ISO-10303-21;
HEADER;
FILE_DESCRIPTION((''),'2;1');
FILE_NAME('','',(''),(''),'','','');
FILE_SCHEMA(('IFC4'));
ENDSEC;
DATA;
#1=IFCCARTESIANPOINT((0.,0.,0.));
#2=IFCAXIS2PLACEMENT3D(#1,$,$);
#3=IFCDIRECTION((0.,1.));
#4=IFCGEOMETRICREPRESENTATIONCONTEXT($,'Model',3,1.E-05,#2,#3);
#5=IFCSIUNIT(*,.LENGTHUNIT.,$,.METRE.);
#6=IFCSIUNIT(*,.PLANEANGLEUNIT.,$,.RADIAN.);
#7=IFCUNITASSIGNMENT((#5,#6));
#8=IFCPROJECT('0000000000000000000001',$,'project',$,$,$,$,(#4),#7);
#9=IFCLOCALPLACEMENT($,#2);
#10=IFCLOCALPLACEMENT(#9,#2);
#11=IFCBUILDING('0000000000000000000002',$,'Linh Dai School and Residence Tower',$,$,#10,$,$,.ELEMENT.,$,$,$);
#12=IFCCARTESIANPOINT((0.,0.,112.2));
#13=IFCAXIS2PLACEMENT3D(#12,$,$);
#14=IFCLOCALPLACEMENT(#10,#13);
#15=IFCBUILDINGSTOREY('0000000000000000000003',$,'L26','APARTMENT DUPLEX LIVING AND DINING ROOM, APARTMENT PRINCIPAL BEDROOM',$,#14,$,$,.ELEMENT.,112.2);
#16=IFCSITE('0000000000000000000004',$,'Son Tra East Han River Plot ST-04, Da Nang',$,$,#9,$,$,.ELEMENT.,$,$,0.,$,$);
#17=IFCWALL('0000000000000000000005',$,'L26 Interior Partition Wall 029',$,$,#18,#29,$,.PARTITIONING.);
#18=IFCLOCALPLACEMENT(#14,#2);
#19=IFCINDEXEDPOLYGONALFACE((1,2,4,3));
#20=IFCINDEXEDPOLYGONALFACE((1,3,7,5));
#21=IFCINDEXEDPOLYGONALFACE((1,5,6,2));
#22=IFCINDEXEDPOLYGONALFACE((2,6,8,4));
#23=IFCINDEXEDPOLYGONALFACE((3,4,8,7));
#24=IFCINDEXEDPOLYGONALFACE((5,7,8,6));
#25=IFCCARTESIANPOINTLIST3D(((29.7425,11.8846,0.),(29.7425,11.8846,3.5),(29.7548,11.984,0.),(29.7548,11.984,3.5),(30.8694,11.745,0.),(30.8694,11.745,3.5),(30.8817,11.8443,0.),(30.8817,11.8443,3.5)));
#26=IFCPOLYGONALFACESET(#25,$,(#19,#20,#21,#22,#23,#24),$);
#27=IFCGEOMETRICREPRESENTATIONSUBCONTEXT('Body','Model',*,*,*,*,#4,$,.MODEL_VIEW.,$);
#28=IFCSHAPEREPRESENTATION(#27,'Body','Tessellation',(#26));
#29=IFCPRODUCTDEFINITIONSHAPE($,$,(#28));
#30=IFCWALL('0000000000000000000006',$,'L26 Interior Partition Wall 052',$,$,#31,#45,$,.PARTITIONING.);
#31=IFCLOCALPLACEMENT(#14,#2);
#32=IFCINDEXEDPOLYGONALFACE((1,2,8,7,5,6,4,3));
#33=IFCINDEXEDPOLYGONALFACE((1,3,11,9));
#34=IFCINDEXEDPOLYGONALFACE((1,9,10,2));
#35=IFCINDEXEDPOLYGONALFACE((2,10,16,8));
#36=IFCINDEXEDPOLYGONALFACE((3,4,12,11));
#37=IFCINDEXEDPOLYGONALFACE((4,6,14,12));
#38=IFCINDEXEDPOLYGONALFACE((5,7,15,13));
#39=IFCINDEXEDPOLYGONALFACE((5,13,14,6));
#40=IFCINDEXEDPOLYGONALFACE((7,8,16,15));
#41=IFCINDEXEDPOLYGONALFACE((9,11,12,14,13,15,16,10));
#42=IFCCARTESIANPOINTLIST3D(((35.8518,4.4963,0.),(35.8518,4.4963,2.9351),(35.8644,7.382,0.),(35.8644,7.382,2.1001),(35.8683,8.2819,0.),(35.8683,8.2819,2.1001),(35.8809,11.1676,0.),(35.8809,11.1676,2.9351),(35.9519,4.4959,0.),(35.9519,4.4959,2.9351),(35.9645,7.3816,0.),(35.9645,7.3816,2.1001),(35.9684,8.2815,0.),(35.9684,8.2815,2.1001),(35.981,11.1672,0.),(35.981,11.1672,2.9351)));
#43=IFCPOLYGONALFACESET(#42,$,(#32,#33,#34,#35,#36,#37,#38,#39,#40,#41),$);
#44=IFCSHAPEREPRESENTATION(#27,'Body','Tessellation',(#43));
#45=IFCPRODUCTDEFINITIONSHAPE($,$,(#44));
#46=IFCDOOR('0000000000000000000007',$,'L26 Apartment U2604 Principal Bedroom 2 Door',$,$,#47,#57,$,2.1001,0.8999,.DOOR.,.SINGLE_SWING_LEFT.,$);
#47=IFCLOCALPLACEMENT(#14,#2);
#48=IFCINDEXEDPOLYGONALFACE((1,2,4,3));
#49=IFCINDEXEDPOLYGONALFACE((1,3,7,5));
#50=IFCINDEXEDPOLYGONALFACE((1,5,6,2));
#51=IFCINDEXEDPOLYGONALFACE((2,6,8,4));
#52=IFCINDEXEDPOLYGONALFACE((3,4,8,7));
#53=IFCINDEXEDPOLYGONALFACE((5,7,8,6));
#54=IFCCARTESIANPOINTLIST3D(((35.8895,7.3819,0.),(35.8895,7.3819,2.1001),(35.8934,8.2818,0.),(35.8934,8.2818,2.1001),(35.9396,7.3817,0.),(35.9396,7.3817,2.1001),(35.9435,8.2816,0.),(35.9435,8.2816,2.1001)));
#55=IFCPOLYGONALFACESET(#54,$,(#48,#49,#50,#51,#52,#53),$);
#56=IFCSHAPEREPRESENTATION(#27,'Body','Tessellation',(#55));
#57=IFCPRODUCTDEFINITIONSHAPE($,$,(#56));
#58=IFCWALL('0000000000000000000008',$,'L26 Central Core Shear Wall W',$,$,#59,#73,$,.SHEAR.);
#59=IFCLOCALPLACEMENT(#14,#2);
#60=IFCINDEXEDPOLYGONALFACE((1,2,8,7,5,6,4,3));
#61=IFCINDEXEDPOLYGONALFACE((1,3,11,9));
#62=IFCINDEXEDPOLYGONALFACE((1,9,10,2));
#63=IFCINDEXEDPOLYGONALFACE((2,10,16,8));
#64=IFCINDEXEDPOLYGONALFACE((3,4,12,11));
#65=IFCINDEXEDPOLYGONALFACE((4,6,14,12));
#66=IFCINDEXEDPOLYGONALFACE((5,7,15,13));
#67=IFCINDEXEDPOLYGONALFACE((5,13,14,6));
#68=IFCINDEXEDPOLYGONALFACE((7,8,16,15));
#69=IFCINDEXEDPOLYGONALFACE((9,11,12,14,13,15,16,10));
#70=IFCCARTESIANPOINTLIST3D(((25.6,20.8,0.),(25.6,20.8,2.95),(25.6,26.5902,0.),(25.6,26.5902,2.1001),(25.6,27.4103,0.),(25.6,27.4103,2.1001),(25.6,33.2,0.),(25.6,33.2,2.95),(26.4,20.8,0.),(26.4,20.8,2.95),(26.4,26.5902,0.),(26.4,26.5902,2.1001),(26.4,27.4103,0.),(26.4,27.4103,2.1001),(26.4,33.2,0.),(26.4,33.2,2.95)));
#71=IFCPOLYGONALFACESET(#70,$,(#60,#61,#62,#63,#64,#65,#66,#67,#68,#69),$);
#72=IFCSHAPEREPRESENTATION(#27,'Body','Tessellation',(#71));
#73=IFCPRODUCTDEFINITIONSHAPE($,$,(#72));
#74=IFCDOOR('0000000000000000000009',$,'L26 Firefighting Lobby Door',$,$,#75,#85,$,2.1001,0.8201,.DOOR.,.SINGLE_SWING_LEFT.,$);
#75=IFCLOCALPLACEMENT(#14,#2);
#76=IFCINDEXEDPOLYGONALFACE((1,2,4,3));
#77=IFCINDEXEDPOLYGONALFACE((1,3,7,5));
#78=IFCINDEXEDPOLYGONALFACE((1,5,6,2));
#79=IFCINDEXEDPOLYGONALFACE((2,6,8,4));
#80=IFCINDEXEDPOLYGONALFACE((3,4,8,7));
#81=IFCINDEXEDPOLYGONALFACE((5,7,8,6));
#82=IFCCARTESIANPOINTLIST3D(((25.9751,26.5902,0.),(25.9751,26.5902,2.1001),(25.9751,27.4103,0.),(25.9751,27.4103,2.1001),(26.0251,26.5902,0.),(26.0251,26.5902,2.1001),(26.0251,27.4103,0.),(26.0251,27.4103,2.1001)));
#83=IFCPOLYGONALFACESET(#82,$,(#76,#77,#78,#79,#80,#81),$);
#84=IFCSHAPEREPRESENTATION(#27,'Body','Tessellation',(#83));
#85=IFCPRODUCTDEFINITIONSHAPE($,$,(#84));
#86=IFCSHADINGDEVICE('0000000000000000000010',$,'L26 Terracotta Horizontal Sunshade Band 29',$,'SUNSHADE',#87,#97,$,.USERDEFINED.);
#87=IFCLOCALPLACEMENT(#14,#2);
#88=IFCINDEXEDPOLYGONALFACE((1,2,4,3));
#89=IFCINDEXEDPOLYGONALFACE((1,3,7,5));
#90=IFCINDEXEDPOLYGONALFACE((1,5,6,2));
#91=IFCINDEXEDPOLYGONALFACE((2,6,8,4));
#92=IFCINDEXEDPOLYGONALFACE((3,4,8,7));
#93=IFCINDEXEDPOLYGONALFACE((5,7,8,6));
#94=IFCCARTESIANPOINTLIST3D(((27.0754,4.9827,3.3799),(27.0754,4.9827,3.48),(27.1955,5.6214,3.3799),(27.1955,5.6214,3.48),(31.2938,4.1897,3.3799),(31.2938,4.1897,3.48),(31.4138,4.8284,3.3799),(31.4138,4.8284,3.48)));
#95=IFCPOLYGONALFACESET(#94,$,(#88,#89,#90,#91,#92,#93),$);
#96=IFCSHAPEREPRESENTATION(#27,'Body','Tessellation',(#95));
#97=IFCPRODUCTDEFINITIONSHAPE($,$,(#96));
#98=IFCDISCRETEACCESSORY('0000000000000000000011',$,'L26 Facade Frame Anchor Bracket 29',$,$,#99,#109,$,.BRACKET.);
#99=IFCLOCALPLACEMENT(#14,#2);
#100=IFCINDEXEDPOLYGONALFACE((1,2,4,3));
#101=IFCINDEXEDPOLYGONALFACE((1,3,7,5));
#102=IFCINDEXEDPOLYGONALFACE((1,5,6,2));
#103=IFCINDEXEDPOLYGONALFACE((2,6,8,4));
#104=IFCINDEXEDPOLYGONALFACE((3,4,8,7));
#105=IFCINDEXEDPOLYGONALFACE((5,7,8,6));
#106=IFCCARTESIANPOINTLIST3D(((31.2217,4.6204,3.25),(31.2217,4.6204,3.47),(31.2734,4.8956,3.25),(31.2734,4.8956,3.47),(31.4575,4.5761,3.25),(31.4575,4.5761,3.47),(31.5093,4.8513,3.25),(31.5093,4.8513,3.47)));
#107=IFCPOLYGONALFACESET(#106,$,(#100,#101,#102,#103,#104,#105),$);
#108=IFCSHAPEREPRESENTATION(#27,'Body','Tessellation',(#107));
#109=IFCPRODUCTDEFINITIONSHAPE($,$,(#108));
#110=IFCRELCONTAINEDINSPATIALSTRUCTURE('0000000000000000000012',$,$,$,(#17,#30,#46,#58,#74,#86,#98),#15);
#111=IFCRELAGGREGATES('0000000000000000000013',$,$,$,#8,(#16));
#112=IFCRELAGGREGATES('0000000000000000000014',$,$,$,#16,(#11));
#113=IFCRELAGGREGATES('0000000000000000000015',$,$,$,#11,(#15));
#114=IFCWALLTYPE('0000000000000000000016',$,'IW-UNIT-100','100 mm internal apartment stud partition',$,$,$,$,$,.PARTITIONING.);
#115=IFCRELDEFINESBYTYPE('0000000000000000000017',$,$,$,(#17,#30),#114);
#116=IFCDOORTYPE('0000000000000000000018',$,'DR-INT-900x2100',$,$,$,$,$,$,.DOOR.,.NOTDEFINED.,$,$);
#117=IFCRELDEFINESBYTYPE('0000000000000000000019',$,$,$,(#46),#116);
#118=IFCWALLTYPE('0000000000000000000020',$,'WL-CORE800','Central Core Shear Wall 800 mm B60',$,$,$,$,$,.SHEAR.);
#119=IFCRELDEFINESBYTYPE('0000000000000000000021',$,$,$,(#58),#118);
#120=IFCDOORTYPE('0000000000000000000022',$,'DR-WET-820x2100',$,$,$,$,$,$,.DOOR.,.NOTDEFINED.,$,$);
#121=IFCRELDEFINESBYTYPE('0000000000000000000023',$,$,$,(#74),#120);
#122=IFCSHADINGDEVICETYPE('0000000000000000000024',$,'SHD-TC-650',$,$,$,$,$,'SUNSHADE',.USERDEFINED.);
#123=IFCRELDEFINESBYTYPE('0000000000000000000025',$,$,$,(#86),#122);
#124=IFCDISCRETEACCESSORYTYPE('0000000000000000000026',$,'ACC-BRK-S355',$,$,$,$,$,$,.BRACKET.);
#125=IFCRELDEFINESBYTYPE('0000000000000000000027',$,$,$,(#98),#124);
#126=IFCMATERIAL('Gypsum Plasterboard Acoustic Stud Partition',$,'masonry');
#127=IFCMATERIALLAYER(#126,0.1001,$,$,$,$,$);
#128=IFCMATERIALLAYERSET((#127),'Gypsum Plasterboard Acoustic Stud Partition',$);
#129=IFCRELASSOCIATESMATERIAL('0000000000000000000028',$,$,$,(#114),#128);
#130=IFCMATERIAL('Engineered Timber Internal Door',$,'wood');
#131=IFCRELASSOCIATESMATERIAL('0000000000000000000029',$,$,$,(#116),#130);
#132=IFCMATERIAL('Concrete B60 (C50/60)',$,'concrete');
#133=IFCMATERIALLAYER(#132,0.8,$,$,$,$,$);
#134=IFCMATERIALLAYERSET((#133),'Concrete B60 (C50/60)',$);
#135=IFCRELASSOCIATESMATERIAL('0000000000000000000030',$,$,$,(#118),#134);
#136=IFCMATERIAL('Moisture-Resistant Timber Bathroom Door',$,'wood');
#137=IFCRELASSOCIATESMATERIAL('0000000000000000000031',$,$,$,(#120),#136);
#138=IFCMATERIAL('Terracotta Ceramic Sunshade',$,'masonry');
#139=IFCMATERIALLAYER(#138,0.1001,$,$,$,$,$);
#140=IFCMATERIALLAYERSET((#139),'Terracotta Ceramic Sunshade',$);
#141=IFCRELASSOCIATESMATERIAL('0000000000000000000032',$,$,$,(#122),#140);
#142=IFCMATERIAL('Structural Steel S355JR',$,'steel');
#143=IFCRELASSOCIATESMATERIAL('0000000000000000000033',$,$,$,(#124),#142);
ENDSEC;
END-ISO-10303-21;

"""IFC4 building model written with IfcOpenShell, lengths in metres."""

from ifc_helpers import new_model, si_unit, direction, frame, frame_2d, origin, origin_2d, place, context, subcontext, project, spatial, rectangle, extrude, source, transform, mapped, material, layer, layer_set, type_object, element, fill, save


model = new_model("IFC4")

# Units and contexts
model_context = context("Model", 3, precision=1e-05, world=origin(), true_north=direction((0.0, 1.0)))
body_context = subcontext(model_context, "Body", "Model", "MODEL_VIEW")
ifc_project = project(units=[si_unit("LENGTHUNIT", "METRE"), si_unit("PLANEANGLEUNIT", "RADIAN")], contexts=[model_context])

# Site, building, storey
site_placement = place(None, origin())
site = spatial("IfcSite", under=ifc_project, at=site_placement, Name="Son Tra East Han River Plot ST-04, Da Nang", CompositionType="ELEMENT", RefElevation=0.0)
building_placement = place(site_placement, origin())
building = spatial("IfcBuilding", under=site, at=building_placement, Name="Linh Dai School and Residence Tower", CompositionType="ELEMENT")
storey_placement = place(building_placement, frame((0.0, 0.0, 112.2)))
storey = spatial("IfcBuildingStorey", under=building, at=storey_placement, Name="L26", Description="APARTMENT DUPLEX LIVING AND DINING ROOM, APARTMENT PRINCIPAL BEDROOM", CompositionType="ELEMENT", Elevation=112.2)

# Shared definitions
ifc_material_1 = material(Name="Concrete B60 (C50/60)", Category="concrete")
ifc_material_2 = material(Name="Structural Steel S355JR", Category="steel")

# Shared definitions
ifc_material_3 = material(Name="Gypsum Plasterboard Acoustic Stud Partition", Category="masonry")
ifc_layer_1 = layer(ifc_material_3, 0.1001)
ifc_layer_set_1 = layer_set([ifc_layer_1], Name="Gypsum Plasterboard Acoustic Stud Partition")
wall_type_1 = type_object("IfcWallType", Name="IW-UNIT-100", Description="100 mm internal apartment stud partition", PredefinedType="PARTITIONING", material=ifc_layer_set_1)
ifc_material_4 = material(Name="Engineered Timber Internal Door", Category="wood")
door_type_1 = type_object("IfcDoorType", Name="DR-INT-900x2100", OperationType="NOTDEFINED", PredefinedType="DOOR", material=ifc_material_4)
shared_shape_1 = source(origin(), body_context, "Body", "SweptSolid", [
    extrude(rectangle(XDim=0.8999, YDim=2.1001, at=origin_2d()), frame((0.45, 0.0249, 1.05), z_axis=(0.0, -1.0, 0.0), x_axis=(1.0, 0.0, 0.0)), (0.0, 0.0, 1.0), 0.05),
])

# Wall
wall_1_placement = place(storey_placement, frame((29.7485, 11.9343, 0.0), z_axis=(0.0, 0.0, 1.0), x_axis=(0.99241, -0.122976, 0.0)))
element("IfcWall", 1, at=wall_1_placement, inside=storey, type_object=wall_type_1, Name="L26 Interior Partition Wall 029", PredefinedType="PARTITIONING", context=body_context, shape_type="SweptSolid", body=[
    extrude(rectangle(XDim=1.1355, YDim=0.1001, at=frame_2d((0.5679, 0.0))), origin(), (0.0, 0.0, 1.0), 3.5),
])

# Walls, openings, doors
wall_2_placement = place(storey_placement, frame((35.9019, 4.4961, 0.0), z_axis=(0.0, 0.0, 1.0), x_axis=(0.004355, 0.999991, 0.0)))
wall_2 = element("IfcWall", 2, at=wall_2_placement, inside=storey, type_object=wall_type_1, Name="L26 Interior Partition Wall 052", PredefinedType="PARTITIONING", context=body_context, shape_type="SweptSolid", body=[
    extrude(rectangle(XDim=6.6714, YDim=0.1001, at=frame_2d((3.3357, 0.0))), origin(), (0.0, 0.0, 1.0), 2.9351),
])
opening_1_placement = place(wall_2_placement, frame((2.8857, 0.0, 0.0)))
opening_1 = element("IfcOpeningElement", 3, at=opening_1_placement, cuts=wall_2, PredefinedType="OPENING", context=body_context, shape_type="SweptSolid", body=[
    extrude(rectangle(XDim=0.8999, YDim=2.1001, at=origin_2d()), frame((0.45, 0.0601, 1.05), z_axis=(0.0, -1.0, 0.0), x_axis=(1.0, 0.0, 0.0)), (0.0, 0.0, 1.0), 0.1201),
])
door_1_placement = place(opening_1_placement, origin())
door_1 = element("IfcDoor", 4, at=door_1_placement, inside=storey, type_object=door_type_1, Name="L26 Apartment U2604 Principal Bedroom 2 Door", OperationType="SINGLE_SWING_LEFT", OverallHeight=2.1001, OverallWidth=0.8999, PredefinedType="DOOR", context=body_context, shape_type="MappedRepresentation", body=[
    mapped(shared_shape_1, transform((0.0, 0.0, 0.0), x_axis=(1.0, 0.0, 0.0), y_axis=(0.0, 1.0, 0.0), z_axis=(0.0, 0.0, 1.0), scale=1.0)),
])
fill(opening_1, door_1)
ifc_layer_2 = layer(ifc_material_1, 0.8)
ifc_layer_set_2 = layer_set([ifc_layer_2], Name="Concrete B60 (C50/60)")
wall_type_2 = type_object("IfcWallType", Name="WL-CORE800", Description="Central Core Shear Wall 800 mm B60", PredefinedType="SHEAR", material=ifc_layer_set_2)
wall_3_placement = place(storey_placement, frame((26.0, 20.8, 0.0), z_axis=(0.0, 0.0, 1.0), x_axis=(0.0, 1.0, 0.0)))
wall_3 = element("IfcWall", 5, at=wall_3_placement, inside=storey, type_object=wall_type_2, Name="L26 Central Core Shear Wall W", PredefinedType="SHEAR", context=body_context, shape_type="SweptSolid", body=[
    extrude(rectangle(XDim=12.3999, YDim=0.8, at=frame_2d((6.2, 0.0))), origin(), (0.0, 0.0, 1.0), 2.95),
])
opening_2_placement = place(wall_3_placement, frame((5.79, 0.0, 0.0)))
opening_2 = element("IfcOpeningElement", 6, at=opening_2_placement, cuts=wall_3, PredefinedType="OPENING", context=body_context, shape_type="SweptSolid", body=[
    extrude(rectangle(XDim=0.8201, YDim=2.1001, at=origin_2d()), frame((0.4102, 0.4102, 1.05), z_axis=(0.0, -1.0, 0.0), x_axis=(1.0, 0.0, 0.0)), (0.0, 0.0, 1.0), 0.8201),
])
ifc_material_5 = material(Name="Moisture-Resistant Timber Bathroom Door", Category="wood")
door_type_2 = type_object("IfcDoorType", Name="DR-WET-820x2100", OperationType="NOTDEFINED", PredefinedType="DOOR", material=ifc_material_5)
shared_shape_2 = source(origin(), body_context, "Body", "SweptSolid", [
    extrude(rectangle(XDim=0.8201, YDim=2.1001, at=origin_2d()), frame((0.4102, 0.0249, 1.05), z_axis=(0.0, -1.0, 0.0), x_axis=(1.0, 0.0, 0.0)), (0.0, 0.0, 1.0), 0.05),
])
door_2_placement = place(opening_2_placement, origin())
door_2 = element("IfcDoor", 7, at=door_2_placement, inside=storey, type_object=door_type_2, Name="L26 Firefighting Lobby Door", OperationType="SINGLE_SWING_LEFT", OverallHeight=2.1001, OverallWidth=0.8201, PredefinedType="DOOR", context=body_context, shape_type="MappedRepresentation", body=[
    mapped(shared_shape_2, transform((0.0, 0.0, 0.0), x_axis=(1.0, 0.0, 0.0), y_axis=(0.0, 1.0, 0.0), z_axis=(0.0, 0.0, 1.0), scale=1.0)),
])
fill(opening_2, door_2)

# Shading device
ifc_material_6 = material(Name="Terracotta Ceramic Sunshade", Category="masonry")
ifc_layer_3 = layer(ifc_material_6, 0.1001)
ifc_layer_set_3 = layer_set([ifc_layer_3], Name="Terracotta Ceramic Sunshade")
shading_device_type = type_object("IfcShadingDeviceType", Name="SHD-TC-650", ElementType="SUNSHADE", PredefinedType="USERDEFINED", material=ifc_layer_set_3)
shared_shape_3 = source(origin(), body_context, "Body", "SweptSolid", [
    extrude(rectangle(XDim=4.2922, YDim=0.6499, at=origin_2d()), origin(), (0.0, 0.0, 1.0), 0.1001),
])
shading_device_placement = place(storey_placement, frame((29.2446, 4.9055, 3.3799), z_axis=(0.0, 0.0, 1.0), x_axis=(-0.982785, 0.184755, 0.0)))
element("IfcShadingDevice", 8, at=shading_device_placement, inside=storey, type_object=shading_device_type, Name="L26 Terracotta Horizontal Sunshade Band 29", ObjectType="SUNSHADE", PredefinedType="USERDEFINED", context=body_context, shape_type="MappedRepresentation", body=[
    mapped(shared_shape_3, transform((0.0, 0.0, 0.0), x_axis=(1.0, 0.0, 0.0), y_axis=(0.0, 1.0, 0.0), z_axis=(0.0, 0.0, 1.0), scale=1.0)),
])

# Discrete accessory
discrete_accessory_type = type_object("IfcDiscreteAccessoryType", Name="ACC-BRK-S355", PredefinedType="BRACKET", material=ifc_material_2)
shared_shape_4 = source(origin(), body_context, "Body", "SweptSolid", [
    extrude(rectangle(XDim=0.28, YDim=0.24, at=origin_2d()), origin(), (0.0, 0.0, 1.0), 0.22),
])
discrete_accessory_placement = place(storey_placement, frame((31.3655, 4.7358, 3.25), z_axis=(0.0, 0.0, 1.0), x_axis=(-0.184755, -0.982785, 0.0)))
element("IfcDiscreteAccessory", 9, at=discrete_accessory_placement, inside=storey, type_object=discrete_accessory_type, Name="L26 Facade Frame Anchor Bracket 29", PredefinedType="BRACKET", context=body_context, shape_type="MappedRepresentation", body=[
    mapped(shared_shape_4, transform((0.0, 0.0, 0.0), x_axis=(1.0, 0.0, 0.0), y_axis=(0.0, 1.0, 0.0), z_axis=(0.0, 0.0, 1.0), scale=1.0)),
])

save(model, "model.ifc")
